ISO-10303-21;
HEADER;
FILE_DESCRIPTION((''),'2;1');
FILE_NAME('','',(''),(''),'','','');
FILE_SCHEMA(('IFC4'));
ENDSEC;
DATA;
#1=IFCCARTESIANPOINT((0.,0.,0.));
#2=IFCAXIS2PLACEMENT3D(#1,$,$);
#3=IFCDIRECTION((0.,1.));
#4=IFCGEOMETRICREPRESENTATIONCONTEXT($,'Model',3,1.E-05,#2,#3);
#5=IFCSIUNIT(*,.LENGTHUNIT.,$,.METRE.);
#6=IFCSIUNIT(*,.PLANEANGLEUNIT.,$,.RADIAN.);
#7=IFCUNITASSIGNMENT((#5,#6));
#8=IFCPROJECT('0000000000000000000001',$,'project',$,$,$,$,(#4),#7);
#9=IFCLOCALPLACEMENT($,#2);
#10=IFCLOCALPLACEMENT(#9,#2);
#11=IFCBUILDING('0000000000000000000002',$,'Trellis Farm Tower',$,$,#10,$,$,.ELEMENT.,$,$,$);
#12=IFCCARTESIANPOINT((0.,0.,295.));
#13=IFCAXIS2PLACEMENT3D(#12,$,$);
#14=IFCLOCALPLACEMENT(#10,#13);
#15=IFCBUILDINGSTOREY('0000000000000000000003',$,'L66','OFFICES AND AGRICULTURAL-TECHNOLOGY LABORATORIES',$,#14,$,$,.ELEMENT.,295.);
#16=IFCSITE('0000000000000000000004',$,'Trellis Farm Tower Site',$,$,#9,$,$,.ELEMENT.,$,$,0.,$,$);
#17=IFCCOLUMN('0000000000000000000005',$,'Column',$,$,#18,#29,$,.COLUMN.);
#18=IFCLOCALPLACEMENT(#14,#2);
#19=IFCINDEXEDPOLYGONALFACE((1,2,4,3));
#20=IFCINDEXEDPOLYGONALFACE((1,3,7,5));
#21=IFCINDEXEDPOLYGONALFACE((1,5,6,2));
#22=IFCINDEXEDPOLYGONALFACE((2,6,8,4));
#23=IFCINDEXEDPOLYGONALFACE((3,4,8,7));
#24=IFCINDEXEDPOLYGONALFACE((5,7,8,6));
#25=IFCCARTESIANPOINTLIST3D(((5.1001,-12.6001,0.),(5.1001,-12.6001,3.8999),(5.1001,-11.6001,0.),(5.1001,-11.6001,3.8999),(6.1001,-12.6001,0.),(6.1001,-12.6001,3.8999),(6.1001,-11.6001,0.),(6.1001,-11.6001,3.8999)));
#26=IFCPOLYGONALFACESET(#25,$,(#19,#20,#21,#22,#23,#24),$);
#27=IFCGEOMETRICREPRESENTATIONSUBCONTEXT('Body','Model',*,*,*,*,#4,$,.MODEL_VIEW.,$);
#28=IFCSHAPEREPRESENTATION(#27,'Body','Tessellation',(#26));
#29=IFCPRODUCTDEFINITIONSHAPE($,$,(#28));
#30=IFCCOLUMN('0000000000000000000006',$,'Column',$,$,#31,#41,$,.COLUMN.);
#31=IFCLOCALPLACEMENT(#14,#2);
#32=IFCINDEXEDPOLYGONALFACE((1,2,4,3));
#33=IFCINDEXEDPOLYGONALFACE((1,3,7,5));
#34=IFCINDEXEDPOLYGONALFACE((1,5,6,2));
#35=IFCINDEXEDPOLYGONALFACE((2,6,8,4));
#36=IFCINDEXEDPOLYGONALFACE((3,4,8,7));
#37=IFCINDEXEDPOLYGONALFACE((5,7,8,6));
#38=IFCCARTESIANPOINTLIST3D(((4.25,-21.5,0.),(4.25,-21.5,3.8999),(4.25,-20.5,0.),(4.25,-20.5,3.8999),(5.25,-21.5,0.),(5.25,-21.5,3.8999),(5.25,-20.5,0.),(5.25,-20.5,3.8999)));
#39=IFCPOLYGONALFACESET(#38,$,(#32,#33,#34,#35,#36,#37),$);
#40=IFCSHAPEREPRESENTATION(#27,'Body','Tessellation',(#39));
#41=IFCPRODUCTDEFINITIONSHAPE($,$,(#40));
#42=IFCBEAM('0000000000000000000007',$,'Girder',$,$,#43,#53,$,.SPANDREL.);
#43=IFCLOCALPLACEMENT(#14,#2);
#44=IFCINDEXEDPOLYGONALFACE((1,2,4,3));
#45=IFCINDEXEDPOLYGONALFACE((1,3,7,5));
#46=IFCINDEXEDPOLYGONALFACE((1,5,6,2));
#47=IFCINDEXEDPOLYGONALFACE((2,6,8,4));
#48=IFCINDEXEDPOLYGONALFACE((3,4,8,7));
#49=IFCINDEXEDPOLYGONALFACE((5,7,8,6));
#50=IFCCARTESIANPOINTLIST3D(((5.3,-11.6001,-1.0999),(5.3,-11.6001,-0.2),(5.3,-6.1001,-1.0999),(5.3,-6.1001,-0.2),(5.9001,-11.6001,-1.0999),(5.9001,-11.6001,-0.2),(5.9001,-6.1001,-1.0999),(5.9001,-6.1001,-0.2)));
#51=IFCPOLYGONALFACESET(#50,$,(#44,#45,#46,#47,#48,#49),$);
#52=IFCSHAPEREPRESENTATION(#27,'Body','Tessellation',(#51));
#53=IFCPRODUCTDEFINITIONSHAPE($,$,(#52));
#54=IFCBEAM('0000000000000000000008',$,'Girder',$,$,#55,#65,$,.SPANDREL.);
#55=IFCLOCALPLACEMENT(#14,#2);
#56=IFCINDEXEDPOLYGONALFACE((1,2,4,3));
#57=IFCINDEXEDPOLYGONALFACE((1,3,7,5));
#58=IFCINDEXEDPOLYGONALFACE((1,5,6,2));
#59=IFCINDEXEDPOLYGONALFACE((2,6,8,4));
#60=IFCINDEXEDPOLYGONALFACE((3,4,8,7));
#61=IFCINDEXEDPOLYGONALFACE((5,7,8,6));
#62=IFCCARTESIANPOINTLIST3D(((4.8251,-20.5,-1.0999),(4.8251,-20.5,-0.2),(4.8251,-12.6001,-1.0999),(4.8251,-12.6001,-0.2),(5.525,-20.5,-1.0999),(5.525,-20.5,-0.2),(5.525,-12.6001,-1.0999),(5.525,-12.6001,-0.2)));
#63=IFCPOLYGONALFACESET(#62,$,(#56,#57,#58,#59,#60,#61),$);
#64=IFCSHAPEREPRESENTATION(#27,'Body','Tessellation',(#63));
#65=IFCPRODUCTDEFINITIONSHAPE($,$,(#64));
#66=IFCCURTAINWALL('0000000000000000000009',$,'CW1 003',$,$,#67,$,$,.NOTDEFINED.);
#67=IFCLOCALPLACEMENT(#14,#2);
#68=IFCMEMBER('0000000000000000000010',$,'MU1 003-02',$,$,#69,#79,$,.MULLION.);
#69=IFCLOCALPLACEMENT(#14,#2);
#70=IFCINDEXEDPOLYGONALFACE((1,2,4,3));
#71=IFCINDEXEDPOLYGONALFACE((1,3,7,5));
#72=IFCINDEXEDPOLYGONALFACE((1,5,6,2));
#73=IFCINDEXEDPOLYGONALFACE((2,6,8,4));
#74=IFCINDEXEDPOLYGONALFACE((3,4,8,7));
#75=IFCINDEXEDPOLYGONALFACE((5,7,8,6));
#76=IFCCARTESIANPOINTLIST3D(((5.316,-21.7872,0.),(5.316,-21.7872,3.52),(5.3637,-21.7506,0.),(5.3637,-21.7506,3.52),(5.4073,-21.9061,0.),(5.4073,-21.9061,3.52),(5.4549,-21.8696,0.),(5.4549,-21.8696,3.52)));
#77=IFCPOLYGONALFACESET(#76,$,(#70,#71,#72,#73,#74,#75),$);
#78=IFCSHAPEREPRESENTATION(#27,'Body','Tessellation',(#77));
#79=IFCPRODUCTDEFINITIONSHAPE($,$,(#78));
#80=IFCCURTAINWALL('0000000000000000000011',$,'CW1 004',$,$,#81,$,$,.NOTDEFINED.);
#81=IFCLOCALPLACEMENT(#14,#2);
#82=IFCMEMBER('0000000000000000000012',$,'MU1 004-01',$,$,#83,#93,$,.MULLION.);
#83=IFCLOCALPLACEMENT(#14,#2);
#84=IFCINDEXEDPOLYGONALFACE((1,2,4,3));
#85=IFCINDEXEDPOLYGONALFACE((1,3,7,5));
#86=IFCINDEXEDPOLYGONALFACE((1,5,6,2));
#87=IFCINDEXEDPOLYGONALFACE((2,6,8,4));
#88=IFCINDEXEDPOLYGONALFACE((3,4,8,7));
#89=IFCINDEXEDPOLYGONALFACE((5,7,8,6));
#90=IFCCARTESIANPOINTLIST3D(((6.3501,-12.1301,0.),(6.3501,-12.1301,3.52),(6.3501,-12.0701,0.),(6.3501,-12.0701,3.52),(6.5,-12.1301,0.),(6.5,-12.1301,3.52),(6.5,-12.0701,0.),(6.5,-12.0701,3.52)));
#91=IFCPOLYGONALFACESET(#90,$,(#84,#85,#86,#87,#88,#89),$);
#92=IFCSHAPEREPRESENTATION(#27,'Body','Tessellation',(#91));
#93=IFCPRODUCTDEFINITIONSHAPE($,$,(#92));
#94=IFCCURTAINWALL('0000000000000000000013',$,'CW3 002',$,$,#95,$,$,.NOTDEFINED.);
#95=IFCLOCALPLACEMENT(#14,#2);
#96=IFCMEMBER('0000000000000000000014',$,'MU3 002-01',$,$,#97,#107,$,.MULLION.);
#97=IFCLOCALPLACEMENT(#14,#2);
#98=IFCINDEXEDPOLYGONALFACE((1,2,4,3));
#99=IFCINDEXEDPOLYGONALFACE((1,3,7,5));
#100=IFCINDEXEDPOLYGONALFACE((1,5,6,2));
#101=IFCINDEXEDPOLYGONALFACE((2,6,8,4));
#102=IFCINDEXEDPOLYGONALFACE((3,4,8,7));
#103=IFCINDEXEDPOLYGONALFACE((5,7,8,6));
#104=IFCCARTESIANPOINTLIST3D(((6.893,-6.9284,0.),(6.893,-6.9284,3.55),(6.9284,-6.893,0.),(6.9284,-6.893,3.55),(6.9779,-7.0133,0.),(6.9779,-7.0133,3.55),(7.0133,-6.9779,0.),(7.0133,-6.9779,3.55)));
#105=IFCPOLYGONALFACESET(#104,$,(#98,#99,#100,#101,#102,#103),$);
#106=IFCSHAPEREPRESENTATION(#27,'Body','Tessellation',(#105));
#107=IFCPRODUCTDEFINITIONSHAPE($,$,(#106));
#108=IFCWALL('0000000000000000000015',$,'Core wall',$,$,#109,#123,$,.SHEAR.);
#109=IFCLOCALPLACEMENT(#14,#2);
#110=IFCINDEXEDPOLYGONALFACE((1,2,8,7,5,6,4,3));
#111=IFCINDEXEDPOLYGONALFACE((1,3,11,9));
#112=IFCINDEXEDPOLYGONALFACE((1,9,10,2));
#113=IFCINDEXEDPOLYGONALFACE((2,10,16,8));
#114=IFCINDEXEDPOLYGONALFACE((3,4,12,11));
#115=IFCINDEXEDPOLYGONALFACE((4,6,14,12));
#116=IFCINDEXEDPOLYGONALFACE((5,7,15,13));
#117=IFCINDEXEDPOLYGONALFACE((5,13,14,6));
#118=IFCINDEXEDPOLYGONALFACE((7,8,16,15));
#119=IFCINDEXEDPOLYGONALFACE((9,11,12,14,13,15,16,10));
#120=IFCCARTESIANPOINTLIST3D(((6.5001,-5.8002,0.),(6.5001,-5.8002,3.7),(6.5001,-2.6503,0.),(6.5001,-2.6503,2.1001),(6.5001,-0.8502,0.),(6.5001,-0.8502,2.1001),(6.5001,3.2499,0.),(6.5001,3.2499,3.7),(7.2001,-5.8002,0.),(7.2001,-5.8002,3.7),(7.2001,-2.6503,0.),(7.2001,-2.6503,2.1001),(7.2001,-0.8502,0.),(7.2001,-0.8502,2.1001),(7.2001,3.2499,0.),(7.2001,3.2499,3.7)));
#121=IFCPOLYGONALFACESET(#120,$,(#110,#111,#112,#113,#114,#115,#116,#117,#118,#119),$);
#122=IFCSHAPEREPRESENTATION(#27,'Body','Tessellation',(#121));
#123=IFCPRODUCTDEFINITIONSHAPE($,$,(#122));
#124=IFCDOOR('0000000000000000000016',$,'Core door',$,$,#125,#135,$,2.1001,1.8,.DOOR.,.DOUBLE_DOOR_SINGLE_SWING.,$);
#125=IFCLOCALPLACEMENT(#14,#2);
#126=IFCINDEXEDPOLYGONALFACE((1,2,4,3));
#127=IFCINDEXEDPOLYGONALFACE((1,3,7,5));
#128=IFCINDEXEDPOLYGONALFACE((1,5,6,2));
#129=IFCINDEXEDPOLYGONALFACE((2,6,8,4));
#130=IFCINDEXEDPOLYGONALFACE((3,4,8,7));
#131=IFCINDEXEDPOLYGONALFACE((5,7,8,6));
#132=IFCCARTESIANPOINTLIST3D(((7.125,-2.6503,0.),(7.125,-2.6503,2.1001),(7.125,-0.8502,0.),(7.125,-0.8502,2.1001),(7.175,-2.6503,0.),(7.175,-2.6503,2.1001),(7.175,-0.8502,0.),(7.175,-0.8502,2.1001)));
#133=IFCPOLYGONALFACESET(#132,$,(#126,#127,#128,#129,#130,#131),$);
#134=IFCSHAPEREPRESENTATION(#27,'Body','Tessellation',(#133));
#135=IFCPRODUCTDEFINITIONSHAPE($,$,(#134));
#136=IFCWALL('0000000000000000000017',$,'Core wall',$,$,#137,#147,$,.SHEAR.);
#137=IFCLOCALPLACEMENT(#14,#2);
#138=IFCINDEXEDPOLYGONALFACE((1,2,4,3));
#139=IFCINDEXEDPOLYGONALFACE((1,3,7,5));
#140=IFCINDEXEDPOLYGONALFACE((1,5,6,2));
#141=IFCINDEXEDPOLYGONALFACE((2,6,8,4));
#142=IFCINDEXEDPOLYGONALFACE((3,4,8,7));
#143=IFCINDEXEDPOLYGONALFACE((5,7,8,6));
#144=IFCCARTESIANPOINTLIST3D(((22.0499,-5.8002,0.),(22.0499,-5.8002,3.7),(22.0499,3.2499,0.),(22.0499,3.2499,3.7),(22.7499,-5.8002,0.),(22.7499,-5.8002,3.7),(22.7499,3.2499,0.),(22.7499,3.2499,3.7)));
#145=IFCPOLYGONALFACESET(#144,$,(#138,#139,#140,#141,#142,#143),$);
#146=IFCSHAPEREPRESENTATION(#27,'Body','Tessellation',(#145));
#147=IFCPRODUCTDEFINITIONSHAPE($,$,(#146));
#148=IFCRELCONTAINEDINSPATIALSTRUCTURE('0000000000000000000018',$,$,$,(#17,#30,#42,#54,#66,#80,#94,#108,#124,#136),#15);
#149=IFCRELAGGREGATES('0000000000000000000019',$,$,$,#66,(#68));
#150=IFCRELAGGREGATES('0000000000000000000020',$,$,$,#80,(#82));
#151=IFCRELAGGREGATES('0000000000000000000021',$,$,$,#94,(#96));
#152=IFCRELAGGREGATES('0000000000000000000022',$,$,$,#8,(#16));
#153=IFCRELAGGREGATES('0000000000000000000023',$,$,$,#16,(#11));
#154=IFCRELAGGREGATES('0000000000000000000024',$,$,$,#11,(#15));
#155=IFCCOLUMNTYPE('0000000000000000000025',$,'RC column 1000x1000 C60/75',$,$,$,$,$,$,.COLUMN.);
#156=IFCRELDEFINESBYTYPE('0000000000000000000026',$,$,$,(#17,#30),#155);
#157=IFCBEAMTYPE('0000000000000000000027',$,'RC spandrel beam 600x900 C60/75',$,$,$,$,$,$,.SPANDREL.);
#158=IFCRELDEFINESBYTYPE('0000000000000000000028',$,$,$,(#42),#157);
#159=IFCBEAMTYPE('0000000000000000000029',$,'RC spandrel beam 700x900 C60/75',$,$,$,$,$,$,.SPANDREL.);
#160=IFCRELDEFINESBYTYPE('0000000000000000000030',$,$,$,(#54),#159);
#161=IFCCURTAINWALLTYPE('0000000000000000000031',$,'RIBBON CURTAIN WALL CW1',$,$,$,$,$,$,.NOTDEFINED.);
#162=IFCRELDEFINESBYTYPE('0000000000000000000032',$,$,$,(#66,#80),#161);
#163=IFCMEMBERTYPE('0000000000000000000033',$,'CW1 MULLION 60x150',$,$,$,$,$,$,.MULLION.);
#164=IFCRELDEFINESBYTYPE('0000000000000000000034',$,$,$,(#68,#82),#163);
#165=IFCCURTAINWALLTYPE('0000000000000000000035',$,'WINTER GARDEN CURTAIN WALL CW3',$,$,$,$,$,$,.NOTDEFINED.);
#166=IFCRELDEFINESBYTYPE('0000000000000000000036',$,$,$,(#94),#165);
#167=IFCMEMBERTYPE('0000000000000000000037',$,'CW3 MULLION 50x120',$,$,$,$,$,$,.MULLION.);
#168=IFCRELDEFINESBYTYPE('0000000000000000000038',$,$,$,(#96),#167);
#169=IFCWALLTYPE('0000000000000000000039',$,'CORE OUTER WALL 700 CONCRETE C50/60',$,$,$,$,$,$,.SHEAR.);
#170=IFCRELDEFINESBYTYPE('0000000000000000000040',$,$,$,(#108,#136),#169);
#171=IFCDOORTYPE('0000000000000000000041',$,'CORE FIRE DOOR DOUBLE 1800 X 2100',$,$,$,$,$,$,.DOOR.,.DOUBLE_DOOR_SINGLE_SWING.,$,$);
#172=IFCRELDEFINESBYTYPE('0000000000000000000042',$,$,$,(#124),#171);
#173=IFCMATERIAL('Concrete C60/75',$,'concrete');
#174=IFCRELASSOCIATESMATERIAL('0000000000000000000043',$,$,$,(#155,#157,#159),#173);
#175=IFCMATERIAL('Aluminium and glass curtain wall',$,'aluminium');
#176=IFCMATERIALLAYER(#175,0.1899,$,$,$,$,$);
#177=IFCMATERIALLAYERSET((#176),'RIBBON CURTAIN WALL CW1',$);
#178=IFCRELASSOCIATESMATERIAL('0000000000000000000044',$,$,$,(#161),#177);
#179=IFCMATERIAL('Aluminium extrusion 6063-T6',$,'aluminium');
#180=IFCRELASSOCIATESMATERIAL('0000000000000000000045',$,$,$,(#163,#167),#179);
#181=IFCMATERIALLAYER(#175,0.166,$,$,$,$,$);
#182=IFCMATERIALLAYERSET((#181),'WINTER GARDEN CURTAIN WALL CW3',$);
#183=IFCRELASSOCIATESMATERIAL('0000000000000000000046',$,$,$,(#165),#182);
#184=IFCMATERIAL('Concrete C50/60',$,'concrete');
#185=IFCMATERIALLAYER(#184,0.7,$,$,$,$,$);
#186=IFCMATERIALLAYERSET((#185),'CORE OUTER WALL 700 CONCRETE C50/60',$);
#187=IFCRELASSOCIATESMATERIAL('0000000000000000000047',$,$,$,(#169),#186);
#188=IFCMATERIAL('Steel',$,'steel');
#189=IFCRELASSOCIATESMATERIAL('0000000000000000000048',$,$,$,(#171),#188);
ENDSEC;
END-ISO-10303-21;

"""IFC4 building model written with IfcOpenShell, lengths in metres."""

from ifc_helpers import new_model, si_unit, direction, frame, frame_2d, origin, origin_2d, place, context, subcontext, project, spatial, rectangle, extrude, source, transform, mapped, material, layer, layer_set, material_profile, profile_set, type_object, element, fill, aggregate, save


model = new_model("IFC4")

# Units and contexts
model_context = context("Model", 3, precision=1e-05, world=origin(), true_north=direction((0.0, 1.0)))
body_context = subcontext(model_context, "Body", "Model", "MODEL_VIEW")
ifc_project = project(units=[si_unit("LENGTHUNIT", "METRE"), si_unit("PLANEANGLEUNIT", "RADIAN")], contexts=[model_context])

# Site, building, storey
site_placement = place(None, origin())
site = spatial("IfcSite", under=ifc_project, at=site_placement, Name="Trellis Farm Tower Site", CompositionType="ELEMENT", RefElevation=0.0)
building_placement = place(site_placement, origin())
building = spatial("IfcBuilding", under=site, at=building_placement, Name="Trellis Farm Tower", CompositionType="ELEMENT")
storey_placement = place(building_placement, frame((0.0, 0.0, 295.0)))
storey = spatial("IfcBuildingStorey", under=building, at=storey_placement, Name="L66", Description="OFFICES AND AGRICULTURAL-TECHNOLOGY LABORATORIES", CompositionType="ELEMENT", Elevation=295.0)

# Columns
ifc_material_1 = material(Name="Concrete C60/75", Category="concrete")
ifc_material_profile_1 = material_profile(ifc_material_1, rectangle(XDim=1.0, YDim=1.0, at=origin_2d()), Name="RC column 1000x1000 C60/75")
ifc_profile_set_1 = profile_set([ifc_material_profile_1], Name="Concrete C60/75")
column_type = type_object("IfcColumnType", Name="RC column 1000x1000 C60/75", PredefinedType="COLUMN", material=ifc_profile_set_1)
shared_shape_1 = source(origin(), body_context, "Body", "SweptSolid", [
    extrude(rectangle(XDim=1.0, YDim=1.0, at=origin_2d()), origin(), (0.0, 0.0, 1.0), 3.8999),
])
for number, where, z_axis, x_axis, name in (
    (1, (5.6001, -12.1001, 0.0), (0.0, 0.0, 1.0), (1.0, 0.0, 0.0), "Column"),
    (2, (4.75, -21.0, 0.0), (0.0, 0.0, 1.0), (1.0, 0.0, 0.0), "Column"),
):
    element("IfcColumn", number, at=place(storey_placement, frame(where, z_axis=z_axis, x_axis=x_axis)), inside=storey, type_object=column_type, Name=name, PredefinedType="COLUMN", context=body_context, shape_type="MappedRepresentation", body=[
        mapped(shared_shape_1, transform((0.0, 0.0, 0.0))),
    ])

# Beams
ifc_material_profile_2 = material_profile(ifc_material_1, rectangle(XDim=0.6001, YDim=0.8999, at=origin_2d()), Name="RC spandrel beam 600x900 C60/75")
ifc_profile_set_2 = profile_set([ifc_material_profile_2], Name="Concrete C60/75")
beam_type_1 = type_object("IfcBeamType", Name="RC spandrel beam 600x900 C60/75", PredefinedType="SPANDREL", material=ifc_profile_set_2)
shared_shape_2 = source(origin(), body_context, "Body", "SweptSolid", [
    extrude(rectangle(XDim=0.6001, YDim=0.8999, at=origin_2d()), origin(), (0.0, 0.0, 1.0), 5.5),
])
beam_1_placement = place(storey_placement, frame((5.6001, -11.6001, -0.6499), z_axis=(0.0, 1.0, 0.0), x_axis=(-1.0, 0.0, 0.0)))
element("IfcBeam", 3, at=beam_1_placement, inside=storey, type_object=beam_type_1, Name="Girder", PredefinedType="SPANDREL", context=body_context, shape_type="MappedRepresentation", body=[
    mapped(shared_shape_2, transform((0.0, 0.0, 0.0))),
])
ifc_material_profile_3 = material_profile(ifc_material_1, rectangle(XDim=0.7, YDim=0.8999, at=origin_2d()), Name="RC spandrel beam 700x900 C60/75")
ifc_profile_set_3 = profile_set([ifc_material_profile_3], Name="Concrete C60/75")
beam_type_2 = type_object("IfcBeamType", Name="RC spandrel beam 700x900 C60/75", PredefinedType="SPANDREL", material=ifc_profile_set_3)
shared_shape_3 = source(origin(), body_context, "Body", "SweptSolid", [
    extrude(rectangle(XDim=0.7, YDim=0.8999, at=origin_2d()), origin(), (0.0, 0.0, 1.0), 7.8999),
])
beam_2_placement = place(storey_placement, frame((5.175, -20.5, -0.6499), z_axis=(0.0, 1.0, 0.0), x_axis=(-1.0, 0.0, 0.0)))
element("IfcBeam", 4, at=beam_2_placement, inside=storey, type_object=beam_type_2, Name="Girder", PredefinedType="SPANDREL", context=body_context, shape_type="MappedRepresentation", body=[
    mapped(shared_shape_3, transform((0.0, 0.0, 0.0))),
])

# Curtain walls, members
ifc_material_2 = material(Name="Aluminium and glass curtain wall", Category="aluminium")
ifc_layer_1 = layer(ifc_material_2, 0.1899)
ifc_layer_set_1 = layer_set([ifc_layer_1], Name="RIBBON CURTAIN WALL CW1")
curtain_wall_type_1 = type_object("IfcCurtainWallType", Name="RIBBON CURTAIN WALL CW1", PredefinedType="NOTDEFINED", material=ifc_layer_set_1)
placement = place(storey_placement, origin())
curtain_wall_1 = element("IfcCurtainWall", 5, at=placement, inside=storey, type_object=curtain_wall_type_1, Name="CW1 003", PredefinedType="NOTDEFINED")
ifc_material_3 = material(Name="Aluminium extrusion 6063-T6", Category="aluminium")
ifc_material_profile_4 = material_profile(ifc_material_3, rectangle(XDim=0.0601, YDim=0.1499, at=origin_2d()), Name="MULLION 60x150")
ifc_profile_set_4 = profile_set([ifc_material_profile_4], Name="Aluminium extrusion 6063-T6")
member_type_1 = type_object("IfcMemberType", Name="CW1 MULLION 60x150", PredefinedType="MULLION", material=ifc_profile_set_4)
shared_shape_4 = source(origin(), body_context, "Body", "SweptSolid", [
    extrude(rectangle(XDim=0.0601, YDim=0.1499, at=origin_2d()), origin(), (0.0, 0.0, 1.0), 3.52),
])
member_1_placement = place(storey_placement, frame((5.3855, -21.8284, 0.0), z_axis=(0.0, 0.0, 1.0), x_axis=(0.793353, 0.608761, 0.0)))
member_1 = element("IfcMember", 6, at=member_1_placement, type_object=member_type_1, Name="MU1 003-02", PredefinedType="MULLION", context=body_context, shape_type="MappedRepresentation", body=[
    mapped(shared_shape_4, transform((0.0, 0.0, 0.0))),
])
aggregate(curtain_wall_1, [member_1])
curtain_wall_2 = element("IfcCurtainWall", 7, at=placement, inside=storey, type_object=curtain_wall_type_1, Name="CW1 004", PredefinedType="NOTDEFINED")
member_2_placement = place(storey_placement, frame((6.425, -12.1001, 0.0), z_axis=(0.0, 0.0, 1.0), x_axis=(0.0, 1.0, 0.0)))
member_2 = element("IfcMember", 8, at=member_2_placement, type_object=member_type_1, Name="MU1 004-01", PredefinedType="MULLION", context=body_context, shape_type="MappedRepresentation", body=[
    mapped(shared_shape_4, transform((0.0, 0.0, 0.0))),
])
aggregate(curtain_wall_2, [member_2])
ifc_layer_2 = layer(ifc_material_2, 0.166)
ifc_layer_set_2 = layer_set([ifc_layer_2], Name="WINTER GARDEN CURTAIN WALL CW3")
curtain_wall_type_2 = type_object("IfcCurtainWallType", Name="WINTER GARDEN CURTAIN WALL CW3", PredefinedType="NOTDEFINED", material=ifc_layer_set_2)
curtain_wall_3 = element("IfcCurtainWall", 9, at=placement, inside=storey, type_object=curtain_wall_type_2, Name="CW3 002", PredefinedType="NOTDEFINED")
ifc_material_profile_5 = material_profile(ifc_material_3, rectangle(XDim=0.05, YDim=0.1201, at=origin_2d()), Name="MULLION 50x120")
ifc_profile_set_5 = profile_set([ifc_material_profile_5], Name="Aluminium extrusion 6063-T6")
member_type_2 = type_object("IfcMemberType", Name="CW3 MULLION 50x120", PredefinedType="MULLION", material=ifc_profile_set_5)
shared_shape_5 = source(origin(), body_context, "Body", "SweptSolid", [
    extrude(rectangle(XDim=0.05, YDim=0.1201, at=origin_2d()), origin(), (0.0, 0.0, 1.0), 3.55),
])
member_3_placement = place(storey_placement, frame((6.9531, -6.9531, 0.0), z_axis=(0.0, 0.0, 1.0), x_axis=(0.707107, 0.707107, 0.0)))
member_3 = element("IfcMember", 10, at=member_3_placement, type_object=member_type_2, Name="MU3 002-01", PredefinedType="MULLION", context=body_context, shape_type="MappedRepresentation", body=[
    mapped(shared_shape_5, transform((0.0, 0.0, 0.0))),
])
aggregate(curtain_wall_3, [member_3])

# Wall, opening, door
ifc_material_4 = material(Name="Concrete C50/60", Category="concrete")
ifc_layer_3 = layer(ifc_material_4, 0.7)
ifc_layer_set_3 = layer_set([ifc_layer_3], Name="CORE OUTER WALL 700 CONCRETE C50/60")
wall_type_1 = type_object("IfcWallType", Name="CORE OUTER WALL 700 CONCRETE C50/60", PredefinedType="SHEAR", material=ifc_layer_set_3)
shared_shape_6 = source(origin(), body_context, "Body", "SweptSolid", [
    extrude(rectangle(XDim=9.05, YDim=0.7, at=frame_2d((4.5249, 0.0))), origin(), (0.0, 0.0, 1.0), 3.7),
])
wall_1_placement = place(storey_placement, frame((6.8501, -5.8, 0.0), z_axis=(0.0, 0.0, 1.0), x_axis=(0.0, 1.0, 0.0)))
wall_1 = element("IfcWall", 11, at=wall_1_placement, inside=storey, type_object=wall_type_1, Name="Core wall", PredefinedType="SHEAR", context=body_context, shape_type="MappedRepresentation", body=[
    mapped(shared_shape_6, transform((0.0, 0.0, 0.0))),
])
shared_shape_7 = source(origin(), body_context, "Body", "SweptSolid", [
    extrude(rectangle(XDim=1.8, YDim=2.1001, at=frame_2d((0.8999, 1.05))), frame((0.0, 0.3601, 0.0), z_axis=(0.0, -1.0, 0.0), x_axis=(1.0, 0.0, 0.0)), (0.0, 0.0, 1.0), 0.7202),
])
opening_1_placement = place(wall_1_placement, frame((3.1499, 0.0, 0.0)))
opening_1 = element("IfcOpeningElement", 12, at=opening_1_placement, cuts=wall_1, PredefinedType="OPENING", context=body_context, shape_type="MappedRepresentation", body=[
    mapped(shared_shape_7, transform((0.0, 0.0, 0.0))),
])
ifc_material_5 = material(Name="Steel", Category="steel")
door_type_1 = type_object("IfcDoorType", Name="CORE FIRE DOOR DOUBLE 1800 X 2100", OperationType="DOUBLE_DOOR_SINGLE_SWING", PredefinedType="DOOR", material=ifc_material_5)
shared_shape_8 = source(origin(), body_context, "Body", "SweptSolid", [
    extrude(rectangle(XDim=1.8, YDim=2.1001, at=frame_2d((0.8999, 1.05))), frame((0.0, -0.2749, 0.0), z_axis=(0.0, -1.0, 0.0), x_axis=(1.0, 0.0, 0.0)), (0.0, 0.0, 1.0), 0.05),
])
door_1_placement = place(opening_1_placement, origin())
door_1 = element("IfcDoor", 13, at=door_1_placement, inside=storey, type_object=door_type_1, Name="Core door", OperationType="DOUBLE_DOOR_SINGLE_SWING", OverallHeight=2.1001, OverallWidth=1.8, PredefinedType="DOOR", context=body_context, shape_type="MappedRepresentation", body=[
    mapped(shared_shape_8, transform((0.0, 0.0, 0.0))),
])
fill(opening_1, door_1)

# Wall
wall_2_placement = place(storey_placement, frame((22.3999, -5.8, 0.0), z_axis=(0.0, 0.0, 1.0), x_axis=(0.0, 1.0, 0.0)))
element("IfcWall", 14, at=wall_2_placement, inside=storey, type_object=wall_type_1, Name="Core wall", PredefinedType="SHEAR", context=body_context, shape_type="MappedRepresentation", body=[
    mapped(shared_shape_6, transform((0.0, 0.0, 0.0))),
])

save(model, "model.ifc")
